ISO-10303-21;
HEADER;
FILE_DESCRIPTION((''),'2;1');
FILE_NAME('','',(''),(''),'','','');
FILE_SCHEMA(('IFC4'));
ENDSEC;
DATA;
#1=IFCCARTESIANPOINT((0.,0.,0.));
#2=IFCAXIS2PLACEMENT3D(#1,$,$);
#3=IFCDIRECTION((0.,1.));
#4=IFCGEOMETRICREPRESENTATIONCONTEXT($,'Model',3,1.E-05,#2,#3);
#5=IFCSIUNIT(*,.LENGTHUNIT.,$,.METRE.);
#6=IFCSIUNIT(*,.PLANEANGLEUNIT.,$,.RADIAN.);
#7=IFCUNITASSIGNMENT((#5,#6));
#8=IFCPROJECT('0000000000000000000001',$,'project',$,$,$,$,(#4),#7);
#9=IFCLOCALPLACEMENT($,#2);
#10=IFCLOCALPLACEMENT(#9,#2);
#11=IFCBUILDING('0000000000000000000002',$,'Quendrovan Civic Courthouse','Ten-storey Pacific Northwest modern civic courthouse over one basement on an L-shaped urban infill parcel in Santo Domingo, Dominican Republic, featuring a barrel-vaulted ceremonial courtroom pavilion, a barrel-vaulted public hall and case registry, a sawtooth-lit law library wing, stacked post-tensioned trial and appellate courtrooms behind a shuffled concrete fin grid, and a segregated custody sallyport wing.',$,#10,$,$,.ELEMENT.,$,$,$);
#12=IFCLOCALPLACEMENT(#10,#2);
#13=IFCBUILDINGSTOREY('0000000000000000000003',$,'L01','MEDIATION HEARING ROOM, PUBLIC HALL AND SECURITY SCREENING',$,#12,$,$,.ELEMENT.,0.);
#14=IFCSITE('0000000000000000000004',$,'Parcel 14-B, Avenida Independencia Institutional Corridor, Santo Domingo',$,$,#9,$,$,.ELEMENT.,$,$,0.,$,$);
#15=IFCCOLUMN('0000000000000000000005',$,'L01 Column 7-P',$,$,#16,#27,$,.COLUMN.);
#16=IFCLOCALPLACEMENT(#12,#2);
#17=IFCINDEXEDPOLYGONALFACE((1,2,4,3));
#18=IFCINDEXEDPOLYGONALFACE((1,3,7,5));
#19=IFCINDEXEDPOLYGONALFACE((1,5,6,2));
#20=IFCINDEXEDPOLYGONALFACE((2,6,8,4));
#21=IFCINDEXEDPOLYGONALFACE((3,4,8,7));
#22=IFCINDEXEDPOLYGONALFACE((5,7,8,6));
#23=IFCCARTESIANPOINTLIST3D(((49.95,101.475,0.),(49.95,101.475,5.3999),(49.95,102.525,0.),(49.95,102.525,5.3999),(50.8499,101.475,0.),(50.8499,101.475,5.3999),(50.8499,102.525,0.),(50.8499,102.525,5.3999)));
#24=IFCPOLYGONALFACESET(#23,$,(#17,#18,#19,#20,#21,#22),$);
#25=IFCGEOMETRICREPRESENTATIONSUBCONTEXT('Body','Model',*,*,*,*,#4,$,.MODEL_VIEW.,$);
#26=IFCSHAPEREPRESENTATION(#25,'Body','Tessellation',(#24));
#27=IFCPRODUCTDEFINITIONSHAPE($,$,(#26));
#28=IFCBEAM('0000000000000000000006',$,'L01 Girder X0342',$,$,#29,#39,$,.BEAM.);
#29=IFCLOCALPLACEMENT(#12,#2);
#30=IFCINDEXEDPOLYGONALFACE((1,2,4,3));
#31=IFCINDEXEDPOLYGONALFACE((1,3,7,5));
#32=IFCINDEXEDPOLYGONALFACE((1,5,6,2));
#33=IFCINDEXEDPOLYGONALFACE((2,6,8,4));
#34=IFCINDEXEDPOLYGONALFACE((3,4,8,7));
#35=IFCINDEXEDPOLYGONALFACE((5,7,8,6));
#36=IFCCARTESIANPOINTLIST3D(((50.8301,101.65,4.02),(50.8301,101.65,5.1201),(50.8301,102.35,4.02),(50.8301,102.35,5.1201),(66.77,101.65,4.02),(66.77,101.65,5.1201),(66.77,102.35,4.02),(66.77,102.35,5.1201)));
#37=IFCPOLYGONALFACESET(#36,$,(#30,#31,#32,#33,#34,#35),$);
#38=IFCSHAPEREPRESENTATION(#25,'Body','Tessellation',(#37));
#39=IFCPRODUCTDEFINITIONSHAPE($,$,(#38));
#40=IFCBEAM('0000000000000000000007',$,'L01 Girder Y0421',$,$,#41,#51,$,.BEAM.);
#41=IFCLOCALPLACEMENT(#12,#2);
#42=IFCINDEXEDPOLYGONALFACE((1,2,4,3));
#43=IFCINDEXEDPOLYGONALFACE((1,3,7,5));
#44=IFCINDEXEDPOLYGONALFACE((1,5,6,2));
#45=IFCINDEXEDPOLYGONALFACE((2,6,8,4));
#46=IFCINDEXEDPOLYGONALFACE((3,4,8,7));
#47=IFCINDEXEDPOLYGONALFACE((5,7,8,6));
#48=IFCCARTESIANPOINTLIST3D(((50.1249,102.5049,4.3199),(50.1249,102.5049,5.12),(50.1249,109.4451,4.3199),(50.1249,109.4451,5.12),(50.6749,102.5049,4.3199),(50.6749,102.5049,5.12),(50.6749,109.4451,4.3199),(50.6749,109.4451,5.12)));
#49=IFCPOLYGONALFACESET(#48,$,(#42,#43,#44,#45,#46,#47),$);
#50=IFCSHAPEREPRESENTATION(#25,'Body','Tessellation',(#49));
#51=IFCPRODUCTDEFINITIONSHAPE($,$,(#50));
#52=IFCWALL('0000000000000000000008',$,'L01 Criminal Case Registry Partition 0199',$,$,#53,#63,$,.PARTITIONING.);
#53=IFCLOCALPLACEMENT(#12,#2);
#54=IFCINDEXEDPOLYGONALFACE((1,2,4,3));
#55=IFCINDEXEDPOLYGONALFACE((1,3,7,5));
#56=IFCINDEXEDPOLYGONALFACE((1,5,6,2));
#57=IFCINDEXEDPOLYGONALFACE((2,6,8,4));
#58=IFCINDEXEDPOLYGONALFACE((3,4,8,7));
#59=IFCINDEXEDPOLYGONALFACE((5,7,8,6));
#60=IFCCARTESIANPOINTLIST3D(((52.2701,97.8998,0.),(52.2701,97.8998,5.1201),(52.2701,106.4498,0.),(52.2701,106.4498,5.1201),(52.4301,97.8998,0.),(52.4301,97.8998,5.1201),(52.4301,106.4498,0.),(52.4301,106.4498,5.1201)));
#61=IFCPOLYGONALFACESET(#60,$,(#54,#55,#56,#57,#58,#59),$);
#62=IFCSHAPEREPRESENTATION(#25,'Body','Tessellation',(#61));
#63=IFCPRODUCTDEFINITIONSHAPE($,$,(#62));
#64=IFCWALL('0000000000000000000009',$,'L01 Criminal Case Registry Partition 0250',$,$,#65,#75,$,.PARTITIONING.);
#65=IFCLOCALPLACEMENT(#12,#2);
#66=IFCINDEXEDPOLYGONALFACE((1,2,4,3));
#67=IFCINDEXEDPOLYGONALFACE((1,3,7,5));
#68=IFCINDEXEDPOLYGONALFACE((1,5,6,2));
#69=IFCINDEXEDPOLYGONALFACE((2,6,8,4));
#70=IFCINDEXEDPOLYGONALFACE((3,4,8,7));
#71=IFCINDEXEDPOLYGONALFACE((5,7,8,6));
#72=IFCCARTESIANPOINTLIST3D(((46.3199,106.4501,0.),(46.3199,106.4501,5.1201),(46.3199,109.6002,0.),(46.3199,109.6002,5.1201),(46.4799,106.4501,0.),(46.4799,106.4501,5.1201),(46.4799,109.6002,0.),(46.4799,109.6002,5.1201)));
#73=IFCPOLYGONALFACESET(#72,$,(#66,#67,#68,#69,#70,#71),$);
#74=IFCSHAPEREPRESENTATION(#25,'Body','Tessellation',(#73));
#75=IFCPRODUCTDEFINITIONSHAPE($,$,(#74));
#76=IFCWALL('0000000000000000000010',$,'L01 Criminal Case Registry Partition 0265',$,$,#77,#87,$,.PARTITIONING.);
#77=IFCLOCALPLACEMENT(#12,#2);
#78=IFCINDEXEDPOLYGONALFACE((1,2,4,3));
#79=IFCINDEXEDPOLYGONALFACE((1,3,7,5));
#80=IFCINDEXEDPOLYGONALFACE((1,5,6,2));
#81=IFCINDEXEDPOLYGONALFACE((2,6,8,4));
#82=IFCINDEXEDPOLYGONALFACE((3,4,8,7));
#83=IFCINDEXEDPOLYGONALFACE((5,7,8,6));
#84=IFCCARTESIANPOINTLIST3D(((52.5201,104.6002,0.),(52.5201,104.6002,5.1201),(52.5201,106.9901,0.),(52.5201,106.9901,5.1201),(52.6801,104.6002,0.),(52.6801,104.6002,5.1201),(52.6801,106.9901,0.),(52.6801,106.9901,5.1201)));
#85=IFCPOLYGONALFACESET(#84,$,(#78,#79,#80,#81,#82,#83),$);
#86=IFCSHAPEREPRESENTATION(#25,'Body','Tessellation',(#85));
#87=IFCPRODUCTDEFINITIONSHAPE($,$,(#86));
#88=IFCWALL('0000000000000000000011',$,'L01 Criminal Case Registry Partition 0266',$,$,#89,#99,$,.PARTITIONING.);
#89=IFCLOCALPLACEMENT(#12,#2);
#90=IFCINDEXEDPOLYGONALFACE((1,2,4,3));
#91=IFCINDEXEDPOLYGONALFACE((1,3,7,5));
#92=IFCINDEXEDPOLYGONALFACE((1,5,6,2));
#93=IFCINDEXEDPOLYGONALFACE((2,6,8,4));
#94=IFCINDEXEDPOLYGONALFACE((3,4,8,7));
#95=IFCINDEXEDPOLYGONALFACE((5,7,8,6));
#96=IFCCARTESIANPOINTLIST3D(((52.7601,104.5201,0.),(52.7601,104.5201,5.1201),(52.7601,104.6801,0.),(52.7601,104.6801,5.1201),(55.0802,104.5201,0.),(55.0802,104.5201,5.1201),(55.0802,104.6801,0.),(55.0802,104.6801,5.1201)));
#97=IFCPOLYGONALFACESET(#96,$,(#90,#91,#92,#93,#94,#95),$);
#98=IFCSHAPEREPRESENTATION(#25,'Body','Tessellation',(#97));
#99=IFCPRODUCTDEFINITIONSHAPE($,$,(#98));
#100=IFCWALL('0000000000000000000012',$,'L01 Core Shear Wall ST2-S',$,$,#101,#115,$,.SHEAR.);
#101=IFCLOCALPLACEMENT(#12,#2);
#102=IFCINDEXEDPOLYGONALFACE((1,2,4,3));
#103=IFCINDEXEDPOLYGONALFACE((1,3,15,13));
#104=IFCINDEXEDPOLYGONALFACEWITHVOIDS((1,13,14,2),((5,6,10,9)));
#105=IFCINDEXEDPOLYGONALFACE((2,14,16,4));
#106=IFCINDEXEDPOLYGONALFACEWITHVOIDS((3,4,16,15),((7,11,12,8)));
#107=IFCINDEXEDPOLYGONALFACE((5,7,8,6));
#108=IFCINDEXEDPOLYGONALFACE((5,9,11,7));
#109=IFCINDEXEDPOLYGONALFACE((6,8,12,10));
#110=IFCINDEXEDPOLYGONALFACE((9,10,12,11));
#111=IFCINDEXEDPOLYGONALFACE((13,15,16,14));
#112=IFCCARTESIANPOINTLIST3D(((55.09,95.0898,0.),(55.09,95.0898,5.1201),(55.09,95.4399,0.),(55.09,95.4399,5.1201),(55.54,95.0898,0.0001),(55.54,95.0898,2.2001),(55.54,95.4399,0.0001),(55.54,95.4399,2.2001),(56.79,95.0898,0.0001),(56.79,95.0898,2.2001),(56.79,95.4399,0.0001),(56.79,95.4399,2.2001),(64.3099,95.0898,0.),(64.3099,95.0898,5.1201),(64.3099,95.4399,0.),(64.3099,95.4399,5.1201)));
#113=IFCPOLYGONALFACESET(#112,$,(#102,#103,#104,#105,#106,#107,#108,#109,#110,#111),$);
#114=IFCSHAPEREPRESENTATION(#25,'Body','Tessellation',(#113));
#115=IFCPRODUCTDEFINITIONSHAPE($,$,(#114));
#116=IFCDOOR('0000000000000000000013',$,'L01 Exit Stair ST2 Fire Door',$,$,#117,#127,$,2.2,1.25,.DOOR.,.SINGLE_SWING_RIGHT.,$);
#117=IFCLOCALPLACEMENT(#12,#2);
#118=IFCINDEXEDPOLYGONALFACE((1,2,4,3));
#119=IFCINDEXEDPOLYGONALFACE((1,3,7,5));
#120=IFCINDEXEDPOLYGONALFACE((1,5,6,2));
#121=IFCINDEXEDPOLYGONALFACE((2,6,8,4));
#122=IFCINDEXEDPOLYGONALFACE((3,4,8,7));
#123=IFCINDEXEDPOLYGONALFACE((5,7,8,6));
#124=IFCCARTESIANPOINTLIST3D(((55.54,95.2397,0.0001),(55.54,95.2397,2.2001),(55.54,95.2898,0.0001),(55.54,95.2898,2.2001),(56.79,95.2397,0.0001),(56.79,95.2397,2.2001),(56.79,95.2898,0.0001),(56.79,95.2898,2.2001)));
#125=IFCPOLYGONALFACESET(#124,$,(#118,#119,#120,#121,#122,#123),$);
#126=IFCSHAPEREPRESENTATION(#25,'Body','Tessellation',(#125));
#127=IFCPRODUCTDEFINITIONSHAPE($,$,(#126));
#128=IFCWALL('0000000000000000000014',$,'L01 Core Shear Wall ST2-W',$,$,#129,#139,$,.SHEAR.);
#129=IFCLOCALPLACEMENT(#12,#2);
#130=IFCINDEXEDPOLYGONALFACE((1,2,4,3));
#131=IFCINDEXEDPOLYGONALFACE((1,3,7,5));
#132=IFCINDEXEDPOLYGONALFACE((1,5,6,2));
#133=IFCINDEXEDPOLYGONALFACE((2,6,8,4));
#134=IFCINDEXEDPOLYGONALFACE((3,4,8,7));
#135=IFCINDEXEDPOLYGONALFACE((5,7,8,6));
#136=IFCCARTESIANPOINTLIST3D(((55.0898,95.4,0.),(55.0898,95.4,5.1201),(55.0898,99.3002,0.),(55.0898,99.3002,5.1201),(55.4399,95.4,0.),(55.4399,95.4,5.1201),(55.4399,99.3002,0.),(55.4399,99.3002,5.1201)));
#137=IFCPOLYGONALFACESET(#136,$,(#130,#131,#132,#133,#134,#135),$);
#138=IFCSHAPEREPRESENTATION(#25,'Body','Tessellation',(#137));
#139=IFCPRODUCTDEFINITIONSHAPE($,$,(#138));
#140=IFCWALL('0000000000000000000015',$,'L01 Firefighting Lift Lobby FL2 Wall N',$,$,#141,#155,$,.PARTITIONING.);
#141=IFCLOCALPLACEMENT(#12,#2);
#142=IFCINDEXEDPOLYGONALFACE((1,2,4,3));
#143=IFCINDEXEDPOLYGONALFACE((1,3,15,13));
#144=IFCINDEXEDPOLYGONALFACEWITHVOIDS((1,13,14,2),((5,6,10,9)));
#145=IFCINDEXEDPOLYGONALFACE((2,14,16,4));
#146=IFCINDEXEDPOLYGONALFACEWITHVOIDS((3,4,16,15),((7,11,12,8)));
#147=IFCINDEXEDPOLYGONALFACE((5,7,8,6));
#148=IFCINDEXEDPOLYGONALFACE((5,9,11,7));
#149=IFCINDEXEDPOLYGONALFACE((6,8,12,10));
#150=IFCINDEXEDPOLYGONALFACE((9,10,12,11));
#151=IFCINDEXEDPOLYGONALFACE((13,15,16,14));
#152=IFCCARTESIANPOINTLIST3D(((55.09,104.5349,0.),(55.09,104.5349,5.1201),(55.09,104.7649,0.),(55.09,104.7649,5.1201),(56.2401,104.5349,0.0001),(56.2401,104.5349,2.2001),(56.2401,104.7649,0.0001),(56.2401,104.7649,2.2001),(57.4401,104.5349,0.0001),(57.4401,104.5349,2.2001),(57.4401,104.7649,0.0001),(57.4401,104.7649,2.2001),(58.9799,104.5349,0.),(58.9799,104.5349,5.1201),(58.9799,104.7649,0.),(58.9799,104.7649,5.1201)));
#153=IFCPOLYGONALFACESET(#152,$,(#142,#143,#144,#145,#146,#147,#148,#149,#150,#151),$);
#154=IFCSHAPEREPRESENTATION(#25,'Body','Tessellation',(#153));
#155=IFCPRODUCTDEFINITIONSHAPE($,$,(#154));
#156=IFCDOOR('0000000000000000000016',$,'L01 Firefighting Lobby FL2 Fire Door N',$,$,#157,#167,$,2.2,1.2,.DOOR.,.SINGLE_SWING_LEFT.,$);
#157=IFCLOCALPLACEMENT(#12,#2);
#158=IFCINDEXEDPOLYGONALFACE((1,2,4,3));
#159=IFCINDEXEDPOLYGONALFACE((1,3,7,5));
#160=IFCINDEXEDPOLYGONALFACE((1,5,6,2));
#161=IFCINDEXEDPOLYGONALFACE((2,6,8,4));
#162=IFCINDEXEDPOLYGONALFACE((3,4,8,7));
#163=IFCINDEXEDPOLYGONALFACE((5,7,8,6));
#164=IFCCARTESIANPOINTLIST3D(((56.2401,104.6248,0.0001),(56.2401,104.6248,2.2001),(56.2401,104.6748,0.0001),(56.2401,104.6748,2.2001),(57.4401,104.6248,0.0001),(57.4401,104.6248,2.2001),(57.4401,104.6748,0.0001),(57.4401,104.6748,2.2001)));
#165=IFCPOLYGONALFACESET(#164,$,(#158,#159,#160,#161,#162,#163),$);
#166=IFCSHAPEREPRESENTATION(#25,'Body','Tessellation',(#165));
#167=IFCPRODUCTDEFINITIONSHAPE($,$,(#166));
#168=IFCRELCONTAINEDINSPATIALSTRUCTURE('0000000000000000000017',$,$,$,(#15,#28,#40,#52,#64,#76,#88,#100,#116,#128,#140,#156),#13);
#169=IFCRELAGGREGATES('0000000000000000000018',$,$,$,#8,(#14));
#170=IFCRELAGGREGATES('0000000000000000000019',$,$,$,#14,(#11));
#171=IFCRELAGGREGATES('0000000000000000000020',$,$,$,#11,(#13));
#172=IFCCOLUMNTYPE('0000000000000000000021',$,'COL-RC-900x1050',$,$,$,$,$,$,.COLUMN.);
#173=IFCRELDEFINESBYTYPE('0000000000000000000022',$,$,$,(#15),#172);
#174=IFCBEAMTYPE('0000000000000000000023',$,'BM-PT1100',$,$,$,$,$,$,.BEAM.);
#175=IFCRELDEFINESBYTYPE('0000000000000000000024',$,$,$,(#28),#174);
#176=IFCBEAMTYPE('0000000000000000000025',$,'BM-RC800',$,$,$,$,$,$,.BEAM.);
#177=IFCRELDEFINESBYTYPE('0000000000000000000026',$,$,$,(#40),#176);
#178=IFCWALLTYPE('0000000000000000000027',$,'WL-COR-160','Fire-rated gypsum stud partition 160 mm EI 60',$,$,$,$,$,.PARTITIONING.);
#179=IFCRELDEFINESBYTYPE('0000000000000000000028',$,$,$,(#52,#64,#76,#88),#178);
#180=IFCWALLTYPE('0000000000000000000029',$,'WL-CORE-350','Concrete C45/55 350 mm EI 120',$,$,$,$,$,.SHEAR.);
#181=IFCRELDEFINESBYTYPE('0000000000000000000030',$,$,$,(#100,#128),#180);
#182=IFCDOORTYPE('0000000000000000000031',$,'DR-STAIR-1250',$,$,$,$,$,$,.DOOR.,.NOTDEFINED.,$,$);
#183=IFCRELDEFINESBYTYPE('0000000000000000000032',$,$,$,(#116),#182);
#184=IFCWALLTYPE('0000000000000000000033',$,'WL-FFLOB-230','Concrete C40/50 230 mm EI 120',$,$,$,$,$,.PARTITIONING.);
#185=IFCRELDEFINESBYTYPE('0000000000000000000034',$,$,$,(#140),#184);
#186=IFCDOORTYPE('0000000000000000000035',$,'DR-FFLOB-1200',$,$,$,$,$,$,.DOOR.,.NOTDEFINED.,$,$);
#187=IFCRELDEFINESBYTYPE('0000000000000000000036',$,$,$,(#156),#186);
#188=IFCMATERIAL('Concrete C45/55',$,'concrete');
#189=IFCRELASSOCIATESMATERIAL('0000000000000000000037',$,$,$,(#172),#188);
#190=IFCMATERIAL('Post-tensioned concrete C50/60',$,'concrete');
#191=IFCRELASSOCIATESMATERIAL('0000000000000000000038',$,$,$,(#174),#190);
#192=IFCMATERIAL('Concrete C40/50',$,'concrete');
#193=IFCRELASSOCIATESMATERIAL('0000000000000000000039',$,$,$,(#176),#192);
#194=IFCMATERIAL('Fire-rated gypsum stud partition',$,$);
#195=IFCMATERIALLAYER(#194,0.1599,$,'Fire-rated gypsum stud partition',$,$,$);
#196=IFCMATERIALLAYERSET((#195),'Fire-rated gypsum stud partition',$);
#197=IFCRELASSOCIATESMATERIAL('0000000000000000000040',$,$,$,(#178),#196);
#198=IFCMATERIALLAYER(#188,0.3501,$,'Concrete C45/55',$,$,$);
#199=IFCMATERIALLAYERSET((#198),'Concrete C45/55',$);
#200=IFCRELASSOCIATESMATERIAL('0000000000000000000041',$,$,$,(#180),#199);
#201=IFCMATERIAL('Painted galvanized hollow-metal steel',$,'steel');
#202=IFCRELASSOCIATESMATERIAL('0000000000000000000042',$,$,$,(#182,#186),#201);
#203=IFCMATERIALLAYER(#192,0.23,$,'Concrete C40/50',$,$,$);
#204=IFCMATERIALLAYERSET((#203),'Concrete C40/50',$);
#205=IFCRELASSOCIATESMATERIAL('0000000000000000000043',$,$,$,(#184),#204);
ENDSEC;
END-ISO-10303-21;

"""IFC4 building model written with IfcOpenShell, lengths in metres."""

from ifc_helpers import new_model, si_unit, direction, frame, frame_2d, origin, origin_2d, place, context, subcontext, project, spatial, rectangle, extrude, material, layer, layer_set, material_profile, profile_set, type_object, element, fill, save


model = new_model("IFC4")

# Units and contexts
model_context = context("Model", 3, precision=1e-05, world=origin(), true_north=direction((0.0, 1.0)))
body_context = subcontext(model_context, "Body", "Model", "MODEL_VIEW")
ifc_project = project(units=[si_unit("LENGTHUNIT", "METRE"), si_unit("PLANEANGLEUNIT", "RADIAN")], contexts=[model_context])

# Site, building, storey
site_placement = place(None, origin())
site = spatial("IfcSite", under=ifc_project, at=site_placement, Name="Parcel 14-B, Avenida Independencia Institutional Corridor, Santo Domingo", CompositionType="ELEMENT", RefElevation=0.0)
building_placement = place(site_placement, origin())
building = spatial("IfcBuilding", under=site, at=building_placement, Name="Quendrovan Civic Courthouse", Description="Ten-storey Pacific Northwest modern civic courthouse over one basement on an L-shaped urban infill parcel in Santo Domingo, Dominican Republic, featuring a barrel-vaulted ceremonial courtroom pavilion, a barrel-vaulted public hall and case registry, a sawtooth-lit law library wing, stacked post-tensioned trial and appellate courtrooms behind a shuffled concrete fin grid, and a segregated custody sallyport wing.", CompositionType="ELEMENT")
storey_placement = place(building_placement, origin())
storey = spatial("IfcBuildingStorey", under=building, at=storey_placement, Name="L01", Description="MEDIATION HEARING ROOM, PUBLIC HALL AND SECURITY SCREENING", CompositionType="ELEMENT", Elevation=0.0)

# Column
ifc_material_1 = material(Name="Concrete C45/55", Category="concrete")
ifc_material_profile_1 = material_profile(ifc_material_1, rectangle(XDim=0.8999, YDim=1.05, at=origin_2d()), Name="RC-COL-900x1050")
ifc_profile_set_1 = profile_set([ifc_material_profile_1], Name="Concrete C45/55")
column_type = type_object("IfcColumnType", Name="COL-RC-900x1050", PredefinedType="COLUMN", material=ifc_profile_set_1)
column_placement = place(storey_placement, frame((50.3999, 102.0, 0.0), z_axis=(0.0, 0.0, 1.0), x_axis=(1.0, 0.0, 0.0)))
element("IfcColumn", 1, at=column_placement, inside=storey, type_object=column_type, Name="L01 Column 7-P", PredefinedType="COLUMN", context=body_context, shape_type="SweptSolid", body=[
    extrude(rectangle(XDim=0.8999, YDim=1.05, at=origin_2d()), origin(), (0.0, 0.0, 1.0), 5.3999),
])

# Beams
ifc_material_2 = material(Name="Post-tensioned concrete C50/60", Category="concrete")
ifc_material_profile_2 = material_profile(ifc_material_2, rectangle(XDim=0.7, YDim=1.1001, at=origin_2d()), Name="PT-GIRD-700x1100")
ifc_profile_set_2 = profile_set([ifc_material_profile_2], Name="Post-tensioned concrete C50/60")
beam_type_1 = type_object("IfcBeamType", Name="BM-PT1100", PredefinedType="BEAM", material=ifc_profile_set_2)
beam_1_placement = place(storey_placement, frame((50.8301, 102.0, 4.5701), z_axis=(1.0, 0.0, 0.0), x_axis=(0.0, 1.0, 0.0)))
element("IfcBeam", 2, at=beam_1_placement, inside=storey, type_object=beam_type_1, Name="L01 Girder X0342", PredefinedType="BEAM", context=body_context, shape_type="SweptSolid", body=[
    extrude(rectangle(XDim=0.7, YDim=1.1001, at=origin_2d()), origin(), (0.0, 0.0, 1.0), 15.9399),
])
ifc_material_3 = material(Name="Concrete C40/50", Category="concrete")
ifc_material_profile_3 = material_profile(ifc_material_3, rectangle(XDim=0.55, YDim=0.8, at=origin_2d()), Name="RC-BM-550x800")
ifc_profile_set_3 = profile_set([ifc_material_profile_3], Name="Concrete C40/50")
beam_type_2 = type_object("IfcBeamType", Name="BM-RC800", PredefinedType="BEAM", material=ifc_profile_set_3)
beam_2_placement = place(storey_placement, frame((50.3999, 102.5049, 4.72), z_axis=(0.0, 1.0, 0.0), x_axis=(-1.0, 0.0, 0.0)))
element("IfcBeam", 3, at=beam_2_placement, inside=storey, type_object=beam_type_2, Name="L01 Girder Y0421", PredefinedType="BEAM", context=body_context, shape_type="SweptSolid", body=[
    extrude(rectangle(XDim=0.55, YDim=0.8, at=origin_2d()), origin(), (0.0, 0.0, 1.0), 6.9402),
])

# Walls
ifc_material_4 = material(Name="Fire-rated gypsum stud partition")
ifc_layer_1 = layer(ifc_material_4, 0.1599, Name="Fire-rated gypsum stud partition")
ifc_layer_set_1 = layer_set([ifc_layer_1], Name="Fire-rated gypsum stud partition")
wall_type_1 = type_object("IfcWallType", Name="WL-COR-160", Description="Fire-rated gypsum stud partition 160 mm EI 60", PredefinedType="PARTITIONING", material=ifc_layer_set_1)
wall_1_placement = place(storey_placement, frame((52.3501, 97.8999, 0.0), z_axis=(0.0, 0.0, 1.0), x_axis=(0.0, 1.0, 0.0)))
element("IfcWall", 4, at=wall_1_placement, inside=storey, type_object=wall_type_1, Name="L01 Criminal Case Registry Partition 0199", PredefinedType="PARTITIONING", context=body_context, shape_type="SweptSolid", body=[
    extrude(rectangle(XDim=8.55, YDim=0.1599, at=frame_2d((4.2749, 0.0))), origin(), (0.0, 0.0, 1.0), 5.1201),
])
wall_2_placement = place(storey_placement, frame((46.3999, 106.45, 0.0), z_axis=(0.0, 0.0, 1.0), x_axis=(0.0, 1.0, 0.0)))
element("IfcWall", 5, at=wall_2_placement, inside=storey, type_object=wall_type_1, Name="L01 Criminal Case Registry Partition 0250", PredefinedType="PARTITIONING", context=body_context, shape_type="SweptSolid", body=[
    extrude(rectangle(XDim=3.1501, YDim=0.1599, at=frame_2d((1.5752, 0.0))), origin(), (0.0, 0.0, 1.0), 5.1201),
])
wall_3_placement = place(storey_placement, frame((52.6001, 106.99, 0.0), z_axis=(0.0, 0.0, 1.0), x_axis=(0.0, -1.0, 0.0)))
element("IfcWall", 6, at=wall_3_placement, inside=storey, type_object=wall_type_1, Name="L01 Criminal Case Registry Partition 0265", PredefinedType="PARTITIONING", context=body_context, shape_type="SweptSolid", body=[
    extrude(rectangle(XDim=2.3899, YDim=0.1599, at=frame_2d((1.1948, 0.0))), origin(), (0.0, 0.0, 1.0), 5.1201),
])
wall_4_placement = place(storey_placement, frame((52.76, 104.6001, 0.0), z_axis=(0.0, 0.0, 1.0), x_axis=(1.0, 0.0, 0.0)))
element("IfcWall", 7, at=wall_4_placement, inside=storey, type_object=wall_type_1, Name="L01 Criminal Case Registry Partition 0266", PredefinedType="PARTITIONING", context=body_context, shape_type="SweptSolid", body=[
    extrude(rectangle(XDim=2.3201, YDim=0.1599, at=frame_2d((1.1602, 0.0))), origin(), (0.0, 0.0, 1.0), 5.1201),
])

# Wall, opening, door
ifc_layer_2 = layer(ifc_material_1, 0.3501, Name="Concrete C45/55")
ifc_layer_set_2 = layer_set([ifc_layer_2], Name="Concrete C45/55")
wall_type_2 = type_object("IfcWallType", Name="WL-CORE-350", Description="Concrete C45/55 350 mm EI 120", PredefinedType="SHEAR", material=ifc_layer_set_2)
wall_5_placement = place(storey_placement, frame((55.0901, 95.2649, 0.0), z_axis=(0.0, 0.0, 1.0), x_axis=(1.0, 0.0, 0.0)))
wall_5 = element("IfcWall", 8, at=wall_5_placement, inside=storey, type_object=wall_type_2, Name="L01 Core Shear Wall ST2-S", PredefinedType="SHEAR", context=body_context, shape_type="SweptSolid", body=[
    extrude(rectangle(XDim=9.22, YDim=0.3501, at=frame_2d((4.6099, 0.0))), origin(), (0.0, 0.0, 1.0), 5.1201),
])
opening_1_placement = place(wall_5_placement, frame((0.45, 0.0, 0.0)))
opening_1 = element("IfcOpeningElement", 9, at=opening_1_placement, cuts=wall_5, PredefinedType="OPENING", context=body_context, shape_type="SweptSolid", body=[
    extrude(rectangle(XDim=1.25, YDim=2.2, at=frame_2d((0.625, 1.1001))), frame((0.0, 0.1851, 0.0), z_axis=(0.0, -1.0, 0.0), x_axis=(1.0, 0.0, 0.0)), (0.0, 0.0, 1.0), 0.3701),
])
ifc_material_5 = material(Name="Painted galvanized hollow-metal steel", Category="steel")
door_type_1 = type_object("IfcDoorType", Name="DR-STAIR-1250", OperationType="NOTDEFINED", PredefinedType="DOOR", material=ifc_material_5)
door_1_placement = place(opening_1_placement, origin())
door_1 = element("IfcDoor", 10, at=door_1_placement, inside=storey, type_object=door_type_1, Name="L01 Exit Stair ST2 Fire Door", OperationType="SINGLE_SWING_RIGHT", OverallHeight=2.2, OverallWidth=1.25, PredefinedType="DOOR", context=body_context, shape_type="SweptSolid", body=[
    extrude(rectangle(XDim=1.25, YDim=2.2, at=frame_2d((0.625, 1.1001))), frame((0.0, 0.0249, 0.0), z_axis=(0.0, -1.0, 0.0), x_axis=(1.0, 0.0, 0.0)), (0.0, 0.0, 1.0), 0.05),
])
fill(opening_1, door_1)

# Wall
wall_6_placement = place(storey_placement, frame((55.2649, 95.3999, 0.0), z_axis=(0.0, 0.0, 1.0), x_axis=(0.0, 1.0, 0.0)))
element("IfcWall", 11, at=wall_6_placement, inside=storey, type_object=wall_type_2, Name="L01 Core Shear Wall ST2-W", PredefinedType="SHEAR", context=body_context, shape_type="SweptSolid", body=[
    extrude(rectangle(XDim=3.9001, YDim=0.3501, at=frame_2d((1.9502, 0.0))), origin(), (0.0, 0.0, 1.0), 5.1201),
])

# Wall, opening, door
ifc_layer_3 = layer(ifc_material_3, 0.23, Name="Concrete C40/50")
ifc_layer_set_3 = layer_set([ifc_layer_3], Name="Concrete C40/50")
wall_type_3 = type_object("IfcWallType", Name="WL-FFLOB-230", Description="Concrete C40/50 230 mm EI 120", PredefinedType="PARTITIONING", material=ifc_layer_set_3)
wall_7_placement = place(storey_placement, frame((55.0901, 104.6499, 0.0), z_axis=(0.0, 0.0, 1.0), x_axis=(1.0, 0.0, 0.0)))
wall_7 = element("IfcWall", 12, at=wall_7_placement, inside=storey, type_object=wall_type_3, Name="L01 Firefighting Lift Lobby FL2 Wall N", PredefinedType="PARTITIONING", context=body_context, shape_type="SweptSolid", body=[
    extrude(rectangle(XDim=3.8899, YDim=0.23, at=frame_2d((1.9448, 0.0))), origin(), (0.0, 0.0, 1.0), 5.1201),
])
opening_2_placement = place(wall_7_placement, frame((1.1499, 0.0, 0.0)))
opening_2 = element("IfcOpeningElement", 13, at=opening_2_placement, cuts=wall_7, PredefinedType="OPENING", context=body_context, shape_type="SweptSolid", body=[
    extrude(rectangle(XDim=1.2, YDim=2.2, at=frame_2d((0.6001, 1.1001))), frame((0.0, 0.125, 0.0), z_axis=(0.0, -1.0, 0.0), x_axis=(1.0, 0.0, 0.0)), (0.0, 0.0, 1.0), 0.25),
])
door_type_2 = type_object("IfcDoorType", Name="DR-FFLOB-1200", OperationType="NOTDEFINED", PredefinedType="DOOR", material=ifc_material_5)
door_2_placement = place(opening_2_placement, origin())
door_2 = element("IfcDoor", 14, at=door_2_placement, inside=storey, type_object=door_type_2, Name="L01 Firefighting Lobby FL2 Fire Door N", OperationType="SINGLE_SWING_LEFT", OverallHeight=2.2, OverallWidth=1.2, PredefinedType="DOOR", context=body_context, shape_type="SweptSolid", body=[
    extrude(rectangle(XDim=1.2, YDim=2.2, at=frame_2d((0.6001, 1.1001))), frame((0.0, 0.0249, 0.0), z_axis=(0.0, -1.0, 0.0), x_axis=(1.0, 0.0, 0.0)), (0.0, 0.0, 1.0), 0.05),
])
fill(opening_2, door_2)

save(model, "model.ifc")
